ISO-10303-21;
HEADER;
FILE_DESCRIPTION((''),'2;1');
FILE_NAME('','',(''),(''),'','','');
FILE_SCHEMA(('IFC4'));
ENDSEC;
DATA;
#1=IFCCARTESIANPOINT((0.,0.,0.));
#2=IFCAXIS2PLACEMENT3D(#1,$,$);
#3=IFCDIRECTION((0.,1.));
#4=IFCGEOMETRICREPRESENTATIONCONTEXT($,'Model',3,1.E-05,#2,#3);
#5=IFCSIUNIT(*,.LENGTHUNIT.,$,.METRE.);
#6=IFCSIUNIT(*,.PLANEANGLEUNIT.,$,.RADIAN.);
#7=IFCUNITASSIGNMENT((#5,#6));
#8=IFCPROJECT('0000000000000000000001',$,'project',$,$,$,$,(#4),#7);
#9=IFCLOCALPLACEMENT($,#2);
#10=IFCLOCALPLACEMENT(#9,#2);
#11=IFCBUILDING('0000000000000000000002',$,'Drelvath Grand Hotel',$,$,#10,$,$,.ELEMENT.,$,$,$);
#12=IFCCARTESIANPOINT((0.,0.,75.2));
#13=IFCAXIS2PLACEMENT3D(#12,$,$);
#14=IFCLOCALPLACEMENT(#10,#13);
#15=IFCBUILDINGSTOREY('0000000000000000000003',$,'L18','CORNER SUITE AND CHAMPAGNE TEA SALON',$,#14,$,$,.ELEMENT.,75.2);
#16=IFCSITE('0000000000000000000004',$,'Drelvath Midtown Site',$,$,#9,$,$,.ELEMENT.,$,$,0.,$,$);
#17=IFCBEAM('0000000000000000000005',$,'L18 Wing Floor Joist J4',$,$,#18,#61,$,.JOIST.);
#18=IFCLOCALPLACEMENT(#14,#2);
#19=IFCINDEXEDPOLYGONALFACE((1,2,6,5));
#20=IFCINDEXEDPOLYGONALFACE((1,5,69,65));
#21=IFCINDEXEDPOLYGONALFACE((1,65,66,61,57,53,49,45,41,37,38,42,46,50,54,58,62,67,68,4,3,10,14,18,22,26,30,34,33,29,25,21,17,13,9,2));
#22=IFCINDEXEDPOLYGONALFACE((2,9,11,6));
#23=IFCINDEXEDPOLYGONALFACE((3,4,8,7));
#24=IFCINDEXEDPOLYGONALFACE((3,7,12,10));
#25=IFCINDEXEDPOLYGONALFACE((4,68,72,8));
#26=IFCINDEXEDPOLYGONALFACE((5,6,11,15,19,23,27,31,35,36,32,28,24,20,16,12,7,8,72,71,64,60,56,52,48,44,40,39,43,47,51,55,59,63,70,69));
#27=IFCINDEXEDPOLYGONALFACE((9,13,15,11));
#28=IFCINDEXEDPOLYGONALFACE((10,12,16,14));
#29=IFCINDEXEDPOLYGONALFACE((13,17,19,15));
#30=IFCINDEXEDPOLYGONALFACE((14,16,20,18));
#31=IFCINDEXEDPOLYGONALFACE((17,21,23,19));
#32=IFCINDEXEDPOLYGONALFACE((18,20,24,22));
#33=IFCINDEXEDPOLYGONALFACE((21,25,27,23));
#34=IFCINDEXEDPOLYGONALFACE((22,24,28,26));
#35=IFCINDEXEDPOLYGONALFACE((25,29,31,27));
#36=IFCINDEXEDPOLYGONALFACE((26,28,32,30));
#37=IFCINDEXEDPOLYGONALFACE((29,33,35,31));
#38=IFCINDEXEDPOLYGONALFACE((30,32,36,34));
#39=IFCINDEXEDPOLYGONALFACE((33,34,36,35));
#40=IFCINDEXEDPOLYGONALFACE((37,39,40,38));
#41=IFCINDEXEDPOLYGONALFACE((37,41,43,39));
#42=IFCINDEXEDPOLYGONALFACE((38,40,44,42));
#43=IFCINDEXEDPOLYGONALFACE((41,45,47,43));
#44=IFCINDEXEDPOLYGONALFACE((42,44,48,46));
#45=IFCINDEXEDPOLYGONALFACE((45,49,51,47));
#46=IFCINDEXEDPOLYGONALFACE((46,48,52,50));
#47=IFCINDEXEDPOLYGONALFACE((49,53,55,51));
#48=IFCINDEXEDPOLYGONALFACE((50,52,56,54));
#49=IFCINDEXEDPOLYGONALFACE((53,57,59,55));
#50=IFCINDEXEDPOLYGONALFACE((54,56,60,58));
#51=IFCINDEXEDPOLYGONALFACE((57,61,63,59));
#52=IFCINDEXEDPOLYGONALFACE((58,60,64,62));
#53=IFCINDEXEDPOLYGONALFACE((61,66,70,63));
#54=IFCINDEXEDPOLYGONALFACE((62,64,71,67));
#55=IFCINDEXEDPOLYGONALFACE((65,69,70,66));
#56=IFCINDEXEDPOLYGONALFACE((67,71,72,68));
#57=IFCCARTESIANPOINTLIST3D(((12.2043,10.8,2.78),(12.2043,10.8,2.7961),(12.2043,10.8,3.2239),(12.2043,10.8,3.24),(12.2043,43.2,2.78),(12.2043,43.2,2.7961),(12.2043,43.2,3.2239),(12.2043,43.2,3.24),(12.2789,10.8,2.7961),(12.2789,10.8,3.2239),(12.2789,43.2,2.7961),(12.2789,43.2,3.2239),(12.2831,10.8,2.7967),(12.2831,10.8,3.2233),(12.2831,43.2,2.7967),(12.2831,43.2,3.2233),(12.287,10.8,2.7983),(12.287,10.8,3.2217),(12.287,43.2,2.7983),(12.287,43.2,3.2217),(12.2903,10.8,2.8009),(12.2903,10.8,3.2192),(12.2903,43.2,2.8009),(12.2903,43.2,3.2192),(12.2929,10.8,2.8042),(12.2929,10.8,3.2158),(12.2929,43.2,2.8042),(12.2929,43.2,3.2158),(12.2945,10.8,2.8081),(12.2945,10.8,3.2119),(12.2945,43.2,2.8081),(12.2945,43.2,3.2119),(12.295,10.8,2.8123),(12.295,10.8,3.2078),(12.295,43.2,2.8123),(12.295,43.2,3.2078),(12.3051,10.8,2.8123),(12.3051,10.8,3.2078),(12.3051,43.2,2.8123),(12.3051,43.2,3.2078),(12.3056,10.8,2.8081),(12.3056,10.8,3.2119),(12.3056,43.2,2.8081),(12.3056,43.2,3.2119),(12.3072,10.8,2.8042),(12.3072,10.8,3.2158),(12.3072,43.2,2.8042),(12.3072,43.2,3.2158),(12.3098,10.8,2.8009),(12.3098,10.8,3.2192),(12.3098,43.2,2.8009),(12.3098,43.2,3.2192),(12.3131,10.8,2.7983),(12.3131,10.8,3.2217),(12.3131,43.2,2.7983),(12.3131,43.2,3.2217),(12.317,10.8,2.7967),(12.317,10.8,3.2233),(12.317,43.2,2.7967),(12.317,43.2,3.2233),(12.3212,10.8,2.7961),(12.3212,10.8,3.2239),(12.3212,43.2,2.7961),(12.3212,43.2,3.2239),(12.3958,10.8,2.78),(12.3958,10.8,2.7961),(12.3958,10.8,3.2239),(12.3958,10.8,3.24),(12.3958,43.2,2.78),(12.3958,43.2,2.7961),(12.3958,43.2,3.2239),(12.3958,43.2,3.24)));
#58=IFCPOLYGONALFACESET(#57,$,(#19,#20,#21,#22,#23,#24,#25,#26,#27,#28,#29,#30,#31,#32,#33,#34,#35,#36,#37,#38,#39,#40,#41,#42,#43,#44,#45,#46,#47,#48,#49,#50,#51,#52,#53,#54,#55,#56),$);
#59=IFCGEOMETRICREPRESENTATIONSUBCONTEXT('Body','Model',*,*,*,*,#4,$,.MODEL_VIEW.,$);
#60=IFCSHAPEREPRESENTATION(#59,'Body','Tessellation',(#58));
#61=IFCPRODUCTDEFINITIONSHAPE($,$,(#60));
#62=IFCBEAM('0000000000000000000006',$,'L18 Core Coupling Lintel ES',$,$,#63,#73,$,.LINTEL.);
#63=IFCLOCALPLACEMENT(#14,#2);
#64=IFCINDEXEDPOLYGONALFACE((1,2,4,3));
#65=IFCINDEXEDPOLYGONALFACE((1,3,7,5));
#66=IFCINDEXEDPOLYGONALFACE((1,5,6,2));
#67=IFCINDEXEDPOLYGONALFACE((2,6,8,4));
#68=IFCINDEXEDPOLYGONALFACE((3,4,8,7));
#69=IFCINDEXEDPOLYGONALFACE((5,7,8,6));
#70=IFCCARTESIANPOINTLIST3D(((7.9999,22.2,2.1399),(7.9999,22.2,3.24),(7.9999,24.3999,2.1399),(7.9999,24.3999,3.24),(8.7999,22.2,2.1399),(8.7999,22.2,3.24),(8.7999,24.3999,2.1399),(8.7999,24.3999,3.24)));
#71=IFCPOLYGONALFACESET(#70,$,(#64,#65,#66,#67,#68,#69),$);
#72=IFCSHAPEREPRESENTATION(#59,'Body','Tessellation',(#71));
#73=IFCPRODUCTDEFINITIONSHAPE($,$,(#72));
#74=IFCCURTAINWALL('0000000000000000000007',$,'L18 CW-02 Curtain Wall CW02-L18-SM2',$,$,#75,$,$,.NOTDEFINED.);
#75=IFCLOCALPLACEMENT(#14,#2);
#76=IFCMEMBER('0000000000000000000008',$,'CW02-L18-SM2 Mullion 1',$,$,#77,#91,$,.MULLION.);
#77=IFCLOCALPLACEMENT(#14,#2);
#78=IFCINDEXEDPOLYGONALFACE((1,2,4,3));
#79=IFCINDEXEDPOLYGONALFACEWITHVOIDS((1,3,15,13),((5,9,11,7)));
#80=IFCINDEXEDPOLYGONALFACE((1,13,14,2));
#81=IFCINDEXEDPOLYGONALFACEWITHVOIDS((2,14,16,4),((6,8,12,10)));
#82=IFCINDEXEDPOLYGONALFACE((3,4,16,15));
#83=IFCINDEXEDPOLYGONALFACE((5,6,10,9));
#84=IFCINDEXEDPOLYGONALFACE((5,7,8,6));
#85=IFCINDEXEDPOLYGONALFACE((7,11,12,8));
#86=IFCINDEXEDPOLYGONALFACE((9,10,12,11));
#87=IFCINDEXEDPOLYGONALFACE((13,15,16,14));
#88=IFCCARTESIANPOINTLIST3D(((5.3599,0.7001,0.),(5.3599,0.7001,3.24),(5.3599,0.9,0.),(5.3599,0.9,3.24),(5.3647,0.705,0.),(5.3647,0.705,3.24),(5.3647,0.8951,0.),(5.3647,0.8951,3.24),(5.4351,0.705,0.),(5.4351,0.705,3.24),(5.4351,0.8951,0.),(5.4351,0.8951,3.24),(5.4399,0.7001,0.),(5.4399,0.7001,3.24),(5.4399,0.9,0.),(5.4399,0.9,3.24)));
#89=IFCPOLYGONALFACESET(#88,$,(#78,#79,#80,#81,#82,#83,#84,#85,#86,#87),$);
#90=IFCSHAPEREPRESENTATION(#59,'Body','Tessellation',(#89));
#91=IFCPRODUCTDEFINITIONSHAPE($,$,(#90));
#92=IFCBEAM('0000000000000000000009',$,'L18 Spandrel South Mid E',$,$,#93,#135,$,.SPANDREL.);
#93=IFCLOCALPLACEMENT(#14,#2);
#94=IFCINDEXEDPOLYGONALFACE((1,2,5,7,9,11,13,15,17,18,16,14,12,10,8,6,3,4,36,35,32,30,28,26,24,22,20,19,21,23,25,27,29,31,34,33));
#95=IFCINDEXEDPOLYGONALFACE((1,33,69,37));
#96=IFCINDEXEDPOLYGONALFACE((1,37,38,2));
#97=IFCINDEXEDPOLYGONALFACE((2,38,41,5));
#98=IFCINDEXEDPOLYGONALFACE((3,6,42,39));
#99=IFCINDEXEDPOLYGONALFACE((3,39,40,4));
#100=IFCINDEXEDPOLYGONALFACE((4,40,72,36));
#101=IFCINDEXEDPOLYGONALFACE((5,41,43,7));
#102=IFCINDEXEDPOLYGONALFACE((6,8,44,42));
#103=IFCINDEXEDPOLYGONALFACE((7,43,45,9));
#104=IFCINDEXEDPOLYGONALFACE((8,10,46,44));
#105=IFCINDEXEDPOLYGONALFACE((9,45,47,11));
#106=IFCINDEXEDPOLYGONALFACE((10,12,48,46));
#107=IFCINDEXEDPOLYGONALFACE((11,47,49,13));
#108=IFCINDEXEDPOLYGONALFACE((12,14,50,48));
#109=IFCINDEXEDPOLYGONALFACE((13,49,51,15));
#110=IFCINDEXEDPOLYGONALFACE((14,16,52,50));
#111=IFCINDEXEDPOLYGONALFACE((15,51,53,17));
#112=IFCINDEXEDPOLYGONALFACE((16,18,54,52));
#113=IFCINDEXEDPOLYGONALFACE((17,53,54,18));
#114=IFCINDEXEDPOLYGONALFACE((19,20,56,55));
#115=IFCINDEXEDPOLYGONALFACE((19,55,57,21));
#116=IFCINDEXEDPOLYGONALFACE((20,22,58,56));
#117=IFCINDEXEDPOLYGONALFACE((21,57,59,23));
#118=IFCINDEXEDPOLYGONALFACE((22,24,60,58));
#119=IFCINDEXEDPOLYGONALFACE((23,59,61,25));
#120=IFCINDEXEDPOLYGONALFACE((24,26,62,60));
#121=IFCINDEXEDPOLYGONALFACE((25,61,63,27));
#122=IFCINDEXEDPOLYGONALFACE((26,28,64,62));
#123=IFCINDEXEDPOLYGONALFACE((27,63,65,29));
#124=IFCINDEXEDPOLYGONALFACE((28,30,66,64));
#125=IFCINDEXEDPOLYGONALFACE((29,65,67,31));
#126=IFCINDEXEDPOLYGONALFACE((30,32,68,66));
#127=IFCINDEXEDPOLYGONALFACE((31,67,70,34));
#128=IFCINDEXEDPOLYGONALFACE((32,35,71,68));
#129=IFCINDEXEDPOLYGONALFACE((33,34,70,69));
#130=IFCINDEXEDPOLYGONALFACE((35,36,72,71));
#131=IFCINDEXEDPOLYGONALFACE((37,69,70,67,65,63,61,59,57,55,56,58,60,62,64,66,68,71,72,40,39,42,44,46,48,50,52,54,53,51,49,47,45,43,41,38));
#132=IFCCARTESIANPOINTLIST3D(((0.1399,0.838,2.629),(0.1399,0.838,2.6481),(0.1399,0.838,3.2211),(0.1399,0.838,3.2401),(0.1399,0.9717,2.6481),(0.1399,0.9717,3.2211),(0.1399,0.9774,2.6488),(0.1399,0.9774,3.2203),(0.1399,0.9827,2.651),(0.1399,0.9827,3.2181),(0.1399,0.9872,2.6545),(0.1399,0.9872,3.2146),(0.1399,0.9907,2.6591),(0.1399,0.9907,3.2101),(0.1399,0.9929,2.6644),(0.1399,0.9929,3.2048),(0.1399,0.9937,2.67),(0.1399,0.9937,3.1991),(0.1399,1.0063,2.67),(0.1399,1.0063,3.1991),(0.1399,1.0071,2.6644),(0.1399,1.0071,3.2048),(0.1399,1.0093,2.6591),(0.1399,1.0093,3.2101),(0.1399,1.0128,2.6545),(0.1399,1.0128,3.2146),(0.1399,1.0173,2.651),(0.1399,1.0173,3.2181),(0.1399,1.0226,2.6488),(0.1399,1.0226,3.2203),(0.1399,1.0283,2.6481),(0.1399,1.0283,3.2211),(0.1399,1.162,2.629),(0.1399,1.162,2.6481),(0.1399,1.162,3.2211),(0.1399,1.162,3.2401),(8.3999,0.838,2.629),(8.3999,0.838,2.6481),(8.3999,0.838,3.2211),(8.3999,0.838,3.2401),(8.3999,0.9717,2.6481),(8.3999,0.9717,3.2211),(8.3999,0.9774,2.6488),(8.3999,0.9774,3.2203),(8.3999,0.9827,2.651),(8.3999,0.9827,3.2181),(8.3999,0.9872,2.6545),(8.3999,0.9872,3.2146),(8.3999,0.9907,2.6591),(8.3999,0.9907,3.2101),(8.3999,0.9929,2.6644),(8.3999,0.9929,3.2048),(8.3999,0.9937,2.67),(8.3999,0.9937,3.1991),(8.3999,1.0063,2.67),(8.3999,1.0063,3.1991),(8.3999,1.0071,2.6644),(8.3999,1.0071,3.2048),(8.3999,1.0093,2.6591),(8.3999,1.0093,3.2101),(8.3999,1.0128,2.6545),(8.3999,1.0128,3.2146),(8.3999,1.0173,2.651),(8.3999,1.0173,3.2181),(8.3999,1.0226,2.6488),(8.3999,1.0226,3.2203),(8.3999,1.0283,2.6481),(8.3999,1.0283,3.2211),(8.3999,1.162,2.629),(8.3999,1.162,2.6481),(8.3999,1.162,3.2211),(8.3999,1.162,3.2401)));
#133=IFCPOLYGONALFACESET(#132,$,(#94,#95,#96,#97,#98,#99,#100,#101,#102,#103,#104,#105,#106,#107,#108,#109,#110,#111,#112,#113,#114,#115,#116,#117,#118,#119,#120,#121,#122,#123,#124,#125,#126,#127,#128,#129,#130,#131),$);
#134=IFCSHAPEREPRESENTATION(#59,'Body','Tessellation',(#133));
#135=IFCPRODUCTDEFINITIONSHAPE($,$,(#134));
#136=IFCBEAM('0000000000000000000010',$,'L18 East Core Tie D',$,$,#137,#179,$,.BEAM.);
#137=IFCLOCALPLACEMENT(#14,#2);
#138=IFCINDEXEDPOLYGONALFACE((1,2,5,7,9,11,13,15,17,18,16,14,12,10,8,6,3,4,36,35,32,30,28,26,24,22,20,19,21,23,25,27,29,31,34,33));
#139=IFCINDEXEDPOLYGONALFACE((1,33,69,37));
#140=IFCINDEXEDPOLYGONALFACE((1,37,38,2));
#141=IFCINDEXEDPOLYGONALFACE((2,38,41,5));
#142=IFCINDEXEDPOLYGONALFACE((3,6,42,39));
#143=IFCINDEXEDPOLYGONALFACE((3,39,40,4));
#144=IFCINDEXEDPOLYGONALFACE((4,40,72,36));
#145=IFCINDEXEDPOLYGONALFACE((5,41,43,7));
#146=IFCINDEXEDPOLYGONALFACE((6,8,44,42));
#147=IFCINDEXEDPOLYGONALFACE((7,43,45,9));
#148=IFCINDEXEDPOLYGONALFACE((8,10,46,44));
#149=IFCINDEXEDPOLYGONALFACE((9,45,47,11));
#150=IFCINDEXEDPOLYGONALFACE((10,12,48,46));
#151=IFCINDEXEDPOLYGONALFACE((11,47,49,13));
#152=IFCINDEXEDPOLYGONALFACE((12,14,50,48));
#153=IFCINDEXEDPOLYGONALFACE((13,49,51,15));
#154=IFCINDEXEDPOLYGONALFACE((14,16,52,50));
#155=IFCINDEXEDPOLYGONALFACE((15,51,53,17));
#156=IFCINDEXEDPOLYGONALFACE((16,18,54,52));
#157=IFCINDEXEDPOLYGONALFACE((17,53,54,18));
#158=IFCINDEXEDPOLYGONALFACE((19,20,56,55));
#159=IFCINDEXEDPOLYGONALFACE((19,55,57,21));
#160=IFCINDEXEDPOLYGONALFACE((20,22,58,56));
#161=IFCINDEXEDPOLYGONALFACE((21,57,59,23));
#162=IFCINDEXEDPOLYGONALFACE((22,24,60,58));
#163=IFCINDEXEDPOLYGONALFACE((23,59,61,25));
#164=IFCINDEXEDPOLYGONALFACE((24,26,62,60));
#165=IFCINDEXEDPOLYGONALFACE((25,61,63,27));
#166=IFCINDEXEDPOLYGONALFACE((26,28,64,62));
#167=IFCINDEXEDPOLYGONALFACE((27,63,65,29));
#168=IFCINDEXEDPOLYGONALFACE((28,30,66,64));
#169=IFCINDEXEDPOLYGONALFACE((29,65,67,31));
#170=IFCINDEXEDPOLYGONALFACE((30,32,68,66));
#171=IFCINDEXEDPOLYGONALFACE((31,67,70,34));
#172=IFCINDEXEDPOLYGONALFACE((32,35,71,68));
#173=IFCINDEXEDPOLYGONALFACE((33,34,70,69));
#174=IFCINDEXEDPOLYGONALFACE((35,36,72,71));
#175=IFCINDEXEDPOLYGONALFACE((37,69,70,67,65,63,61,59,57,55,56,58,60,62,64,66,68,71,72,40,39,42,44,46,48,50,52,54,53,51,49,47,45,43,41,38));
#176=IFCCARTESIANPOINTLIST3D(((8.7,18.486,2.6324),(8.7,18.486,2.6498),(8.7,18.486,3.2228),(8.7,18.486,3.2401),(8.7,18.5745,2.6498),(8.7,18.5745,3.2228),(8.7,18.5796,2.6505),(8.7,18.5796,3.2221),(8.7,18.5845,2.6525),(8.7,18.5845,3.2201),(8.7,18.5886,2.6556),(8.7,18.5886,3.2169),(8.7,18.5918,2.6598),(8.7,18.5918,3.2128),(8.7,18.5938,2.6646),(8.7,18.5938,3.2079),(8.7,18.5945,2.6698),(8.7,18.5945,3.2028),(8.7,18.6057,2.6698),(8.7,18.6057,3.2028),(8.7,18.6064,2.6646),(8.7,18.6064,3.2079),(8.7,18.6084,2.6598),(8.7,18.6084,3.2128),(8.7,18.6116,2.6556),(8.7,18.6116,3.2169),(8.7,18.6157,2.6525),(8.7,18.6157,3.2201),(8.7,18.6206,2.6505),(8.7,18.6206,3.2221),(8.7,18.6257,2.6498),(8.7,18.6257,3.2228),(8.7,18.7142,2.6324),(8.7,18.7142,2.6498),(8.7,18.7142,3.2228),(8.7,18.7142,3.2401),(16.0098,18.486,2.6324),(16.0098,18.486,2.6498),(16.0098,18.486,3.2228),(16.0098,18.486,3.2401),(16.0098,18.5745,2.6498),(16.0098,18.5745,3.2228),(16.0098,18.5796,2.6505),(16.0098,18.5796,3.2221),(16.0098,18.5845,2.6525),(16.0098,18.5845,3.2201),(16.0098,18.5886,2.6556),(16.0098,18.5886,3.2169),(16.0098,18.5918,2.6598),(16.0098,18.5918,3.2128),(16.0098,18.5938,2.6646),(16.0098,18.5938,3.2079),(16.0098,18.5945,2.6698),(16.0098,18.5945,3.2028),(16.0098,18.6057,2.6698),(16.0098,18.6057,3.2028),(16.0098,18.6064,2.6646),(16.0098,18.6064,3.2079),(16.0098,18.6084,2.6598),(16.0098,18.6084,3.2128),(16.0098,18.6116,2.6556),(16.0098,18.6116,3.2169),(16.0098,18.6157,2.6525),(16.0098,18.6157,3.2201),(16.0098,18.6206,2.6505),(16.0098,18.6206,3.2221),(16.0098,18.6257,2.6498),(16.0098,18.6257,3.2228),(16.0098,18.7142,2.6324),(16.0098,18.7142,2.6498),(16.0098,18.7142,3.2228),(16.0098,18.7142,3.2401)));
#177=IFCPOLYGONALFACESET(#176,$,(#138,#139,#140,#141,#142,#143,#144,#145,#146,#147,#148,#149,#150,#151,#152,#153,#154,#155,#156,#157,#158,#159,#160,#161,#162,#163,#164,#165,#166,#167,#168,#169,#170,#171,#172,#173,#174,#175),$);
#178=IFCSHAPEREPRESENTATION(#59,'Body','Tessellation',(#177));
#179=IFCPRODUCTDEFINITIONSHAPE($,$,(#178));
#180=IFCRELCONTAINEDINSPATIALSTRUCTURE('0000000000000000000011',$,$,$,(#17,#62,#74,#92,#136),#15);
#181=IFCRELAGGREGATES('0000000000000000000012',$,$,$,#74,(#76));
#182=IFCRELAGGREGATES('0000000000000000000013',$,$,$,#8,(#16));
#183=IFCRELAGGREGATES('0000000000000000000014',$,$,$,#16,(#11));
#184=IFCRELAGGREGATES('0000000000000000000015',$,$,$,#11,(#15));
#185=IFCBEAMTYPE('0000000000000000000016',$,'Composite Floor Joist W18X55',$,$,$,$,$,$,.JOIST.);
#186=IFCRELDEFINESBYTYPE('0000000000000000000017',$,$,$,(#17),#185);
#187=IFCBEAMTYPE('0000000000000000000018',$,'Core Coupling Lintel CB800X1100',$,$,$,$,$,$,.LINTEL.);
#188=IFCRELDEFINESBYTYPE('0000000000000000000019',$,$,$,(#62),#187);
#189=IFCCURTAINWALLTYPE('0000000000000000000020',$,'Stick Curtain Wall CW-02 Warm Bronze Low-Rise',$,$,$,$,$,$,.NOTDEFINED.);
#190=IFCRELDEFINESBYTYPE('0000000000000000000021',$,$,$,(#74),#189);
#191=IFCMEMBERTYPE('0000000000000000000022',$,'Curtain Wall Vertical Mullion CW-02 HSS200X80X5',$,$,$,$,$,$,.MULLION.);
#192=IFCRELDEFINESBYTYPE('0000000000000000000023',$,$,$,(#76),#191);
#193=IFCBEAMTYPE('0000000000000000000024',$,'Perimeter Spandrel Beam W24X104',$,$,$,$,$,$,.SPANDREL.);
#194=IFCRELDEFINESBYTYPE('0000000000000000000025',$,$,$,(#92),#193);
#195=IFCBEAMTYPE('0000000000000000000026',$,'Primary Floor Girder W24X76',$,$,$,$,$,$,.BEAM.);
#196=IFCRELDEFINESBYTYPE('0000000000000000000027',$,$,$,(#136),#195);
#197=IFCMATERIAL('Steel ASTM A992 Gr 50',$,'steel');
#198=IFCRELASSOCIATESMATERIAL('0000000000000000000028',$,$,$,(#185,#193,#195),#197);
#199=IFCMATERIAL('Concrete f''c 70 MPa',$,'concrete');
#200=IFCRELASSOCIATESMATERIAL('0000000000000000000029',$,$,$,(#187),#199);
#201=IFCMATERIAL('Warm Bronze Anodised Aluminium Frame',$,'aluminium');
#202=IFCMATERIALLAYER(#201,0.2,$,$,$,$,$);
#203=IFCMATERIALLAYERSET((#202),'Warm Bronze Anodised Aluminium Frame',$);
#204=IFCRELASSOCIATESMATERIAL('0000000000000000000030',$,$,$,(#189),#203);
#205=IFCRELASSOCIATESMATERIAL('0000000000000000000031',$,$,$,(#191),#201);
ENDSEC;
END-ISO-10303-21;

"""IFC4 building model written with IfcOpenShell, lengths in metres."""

from ifc_helpers import new_model, si_unit, direction, frame, origin, origin_2d, place, context, subcontext, project, spatial, rectangle, hollow_rectangle, i_section, extrude, material, layer, layer_set, material_profile, profile_set, type_object, element, aggregate, save


model = new_model("IFC4")

# Units and contexts
model_context = context("Model", 3, precision=1e-05, world=origin(), true_north=direction((0.0, 1.0)))
body_context = subcontext(model_context, "Body", "Model", "MODEL_VIEW")
ifc_project = project(units=[si_unit("LENGTHUNIT", "METRE"), si_unit("PLANEANGLEUNIT", "RADIAN")], contexts=[model_context])

# Site, building, storey
site_placement = place(None, origin())
site = spatial("IfcSite", under=ifc_project, at=site_placement, Name="Drelvath Midtown Site", CompositionType="ELEMENT", RefElevation=0.0)
building_placement = place(site_placement, origin())
building = spatial("IfcBuilding", under=site, at=building_placement, Name="Drelvath Grand Hotel", CompositionType="ELEMENT")
storey_placement = place(building_placement, frame((0.0, 0.0, 75.2)))
storey = spatial("IfcBuildingStorey", under=building, at=storey_placement, Name="L18", Description="CORNER SUITE AND CHAMPAGNE TEA SALON", CompositionType="ELEMENT", Elevation=75.2)

# Beams
ifc_material_1 = material(Name="Steel ASTM A992 Gr 50", Category="steel")
ifc_material_profile_1 = material_profile(ifc_material_1, i_section(OverallWidth=0.1914, OverallDepth=0.46, WebThickness=0.01, FlangeThickness=0.0161, FilletRadius=0.0161, at=origin_2d()), Name="W18X55")
ifc_profile_set_1 = profile_set([ifc_material_profile_1], Name="Steel ASTM A992 Gr 50")
beam_type_1 = type_object("IfcBeamType", Name="Composite Floor Joist W18X55", PredefinedType="JOIST", material=ifc_profile_set_1)
beam_1_placement = place(storey_placement, frame((12.3, 10.8, 3.01), z_axis=(0.0, 1.0, 0.0), x_axis=(-1.0, 0.0, 0.0)))
element("IfcBeam", 1, at=beam_1_placement, inside=storey, type_object=beam_type_1, Name="L18 Wing Floor Joist J4", PredefinedType="JOIST", context=body_context, shape_type="SweptSolid", body=[
    extrude(i_section(OverallWidth=0.1914, OverallDepth=0.46, WebThickness=0.01, FlangeThickness=0.0161, FilletRadius=0.0161, at=origin_2d()), origin(), (0.0, 0.0, 1.0), 32.3999),
])
ifc_material_2 = material(Name="Concrete f'c 70 MPa", Category="concrete")
ifc_material_profile_2 = material_profile(ifc_material_2, rectangle(XDim=0.8, YDim=1.1001, at=origin_2d()), Name="CB800X1100")
ifc_profile_set_2 = profile_set([ifc_material_profile_2], Name="Concrete f'c 70 MPa")
beam_type_2 = type_object("IfcBeamType", Name="Core Coupling Lintel CB800X1100", PredefinedType="LINTEL", material=ifc_profile_set_2)
beam_2_placement = place(storey_placement, frame((8.3999, 22.2, 2.6899), z_axis=(0.0, 1.0, 0.0), x_axis=(-1.0, 0.0, 0.0)))
element("IfcBeam", 2, at=beam_2_placement, inside=storey, type_object=beam_type_2, Name="L18 Core Coupling Lintel ES", PredefinedType="LINTEL", context=body_context, shape_type="SweptSolid", body=[
    extrude(rectangle(XDim=0.8, YDim=1.1001, at=origin_2d()), origin(), (0.0, 0.0, 1.0), 2.2),
])

# Curtain wall, member
ifc_material_3 = material(Name="Warm Bronze Anodised Aluminium Frame", Category="aluminium")
ifc_layer_1 = layer(ifc_material_3, 0.2)
ifc_layer_set_1 = layer_set([ifc_layer_1], Name="Warm Bronze Anodised Aluminium Frame")
curtain_wall_type = type_object("IfcCurtainWallType", Name="Stick Curtain Wall CW-02 Warm Bronze Low-Rise", PredefinedType="NOTDEFINED", material=ifc_layer_set_1)
curtain_wall_placement = place(storey_placement, origin())
curtain_wall = element("IfcCurtainWall", 3, at=curtain_wall_placement, inside=storey, type_object=curtain_wall_type, Name="L18 CW-02 Curtain Wall CW02-L18-SM2", PredefinedType="NOTDEFINED")
ifc_material_profile_3 = material_profile(ifc_material_3, hollow_rectangle(XDim=0.0801, YDim=0.2, WallThickness=0.0049, at=origin_2d()), Name="HSS200X80X5")
ifc_profile_set_3 = profile_set([ifc_material_profile_3], Name="Warm Bronze Anodised Aluminium Frame")
member_type = type_object("IfcMemberType", Name="Curtain Wall Vertical Mullion CW-02 HSS200X80X5", PredefinedType="MULLION", material=ifc_profile_set_3)
member_placement = place(storey_placement, frame((5.3999, 0.8, 0.0), z_axis=(0.0, 0.0, 1.0), x_axis=(1.0, 0.0, 0.0)))
member = element("IfcMember", 4, at=member_placement, type_object=member_type, Name="CW02-L18-SM2 Mullion 1", PredefinedType="MULLION", context=body_context, shape_type="SweptSolid", body=[
    extrude(hollow_rectangle(XDim=0.0801, YDim=0.2, WallThickness=0.0049, at=origin_2d()), origin(), (0.0, 0.0, 1.0), 3.24),
])
aggregate(curtain_wall, [member])

# Beams
ifc_material_profile_4 = material_profile(ifc_material_1, i_section(OverallWidth=0.324, OverallDepth=0.6111, WebThickness=0.0127, FlangeThickness=0.019, FilletRadius=0.022, at=origin_2d()), Name="W24X104")
ifc_profile_set_4 = profile_set([ifc_material_profile_4], Name="Steel ASTM A992 Gr 50")
beam_type_3 = type_object("IfcBeamType", Name="Perimeter Spandrel Beam W24X104", PredefinedType="SPANDREL", material=ifc_profile_set_4)
beam_3_placement = place(storey_placement, frame((0.1399, 1.0, 2.9346), z_axis=(1.0, 0.0, 0.0), x_axis=(0.0, 1.0, 0.0)))
element("IfcBeam", 5, at=beam_3_placement, inside=storey, type_object=beam_type_3, Name="L18 Spandrel South Mid E", PredefinedType="SPANDREL", context=body_context, shape_type="SweptSolid", body=[
    extrude(i_section(OverallWidth=0.324, OverallDepth=0.6111, WebThickness=0.0127, FlangeThickness=0.019, FilletRadius=0.022, at=origin_2d()), origin(), (0.0, 0.0, 1.0), 8.26),
])
ifc_material_profile_5 = material_profile(ifc_material_1, i_section(OverallWidth=0.2283, OverallDepth=0.6077, WebThickness=0.0112, FlangeThickness=0.0173, FilletRadius=0.02, at=origin_2d()), Name="W24X76")
ifc_profile_set_5 = profile_set([ifc_material_profile_5], Name="Steel ASTM A992 Gr 50")
beam_type_4 = type_object("IfcBeamType", Name="Primary Floor Girder W24X76", PredefinedType="BEAM", material=ifc_profile_set_5)
for number, where, z_axis, x_axis, name in (
    (6, (8.7, 18.6001, 2.9363), (1.0, 0.0, 0.0), (0.0, 1.0, 0.0), "L18 East Core Tie D"),
):
    element("IfcBeam", number, at=place(storey_placement, frame(where, z_axis=z_axis, x_axis=x_axis)), inside=storey, type_object=beam_type_4, Name=name, PredefinedType="BEAM", context=body_context, shape_type="SweptSolid", body=[
        extrude(i_section(OverallWidth=0.2283, OverallDepth=0.6077, WebThickness=0.0112, FlangeThickness=0.0173, FilletRadius=0.02, at=origin_2d()), origin(), (0.0, 0.0, 1.0), 7.3098),
    ])

save(model, "model.ifc")
